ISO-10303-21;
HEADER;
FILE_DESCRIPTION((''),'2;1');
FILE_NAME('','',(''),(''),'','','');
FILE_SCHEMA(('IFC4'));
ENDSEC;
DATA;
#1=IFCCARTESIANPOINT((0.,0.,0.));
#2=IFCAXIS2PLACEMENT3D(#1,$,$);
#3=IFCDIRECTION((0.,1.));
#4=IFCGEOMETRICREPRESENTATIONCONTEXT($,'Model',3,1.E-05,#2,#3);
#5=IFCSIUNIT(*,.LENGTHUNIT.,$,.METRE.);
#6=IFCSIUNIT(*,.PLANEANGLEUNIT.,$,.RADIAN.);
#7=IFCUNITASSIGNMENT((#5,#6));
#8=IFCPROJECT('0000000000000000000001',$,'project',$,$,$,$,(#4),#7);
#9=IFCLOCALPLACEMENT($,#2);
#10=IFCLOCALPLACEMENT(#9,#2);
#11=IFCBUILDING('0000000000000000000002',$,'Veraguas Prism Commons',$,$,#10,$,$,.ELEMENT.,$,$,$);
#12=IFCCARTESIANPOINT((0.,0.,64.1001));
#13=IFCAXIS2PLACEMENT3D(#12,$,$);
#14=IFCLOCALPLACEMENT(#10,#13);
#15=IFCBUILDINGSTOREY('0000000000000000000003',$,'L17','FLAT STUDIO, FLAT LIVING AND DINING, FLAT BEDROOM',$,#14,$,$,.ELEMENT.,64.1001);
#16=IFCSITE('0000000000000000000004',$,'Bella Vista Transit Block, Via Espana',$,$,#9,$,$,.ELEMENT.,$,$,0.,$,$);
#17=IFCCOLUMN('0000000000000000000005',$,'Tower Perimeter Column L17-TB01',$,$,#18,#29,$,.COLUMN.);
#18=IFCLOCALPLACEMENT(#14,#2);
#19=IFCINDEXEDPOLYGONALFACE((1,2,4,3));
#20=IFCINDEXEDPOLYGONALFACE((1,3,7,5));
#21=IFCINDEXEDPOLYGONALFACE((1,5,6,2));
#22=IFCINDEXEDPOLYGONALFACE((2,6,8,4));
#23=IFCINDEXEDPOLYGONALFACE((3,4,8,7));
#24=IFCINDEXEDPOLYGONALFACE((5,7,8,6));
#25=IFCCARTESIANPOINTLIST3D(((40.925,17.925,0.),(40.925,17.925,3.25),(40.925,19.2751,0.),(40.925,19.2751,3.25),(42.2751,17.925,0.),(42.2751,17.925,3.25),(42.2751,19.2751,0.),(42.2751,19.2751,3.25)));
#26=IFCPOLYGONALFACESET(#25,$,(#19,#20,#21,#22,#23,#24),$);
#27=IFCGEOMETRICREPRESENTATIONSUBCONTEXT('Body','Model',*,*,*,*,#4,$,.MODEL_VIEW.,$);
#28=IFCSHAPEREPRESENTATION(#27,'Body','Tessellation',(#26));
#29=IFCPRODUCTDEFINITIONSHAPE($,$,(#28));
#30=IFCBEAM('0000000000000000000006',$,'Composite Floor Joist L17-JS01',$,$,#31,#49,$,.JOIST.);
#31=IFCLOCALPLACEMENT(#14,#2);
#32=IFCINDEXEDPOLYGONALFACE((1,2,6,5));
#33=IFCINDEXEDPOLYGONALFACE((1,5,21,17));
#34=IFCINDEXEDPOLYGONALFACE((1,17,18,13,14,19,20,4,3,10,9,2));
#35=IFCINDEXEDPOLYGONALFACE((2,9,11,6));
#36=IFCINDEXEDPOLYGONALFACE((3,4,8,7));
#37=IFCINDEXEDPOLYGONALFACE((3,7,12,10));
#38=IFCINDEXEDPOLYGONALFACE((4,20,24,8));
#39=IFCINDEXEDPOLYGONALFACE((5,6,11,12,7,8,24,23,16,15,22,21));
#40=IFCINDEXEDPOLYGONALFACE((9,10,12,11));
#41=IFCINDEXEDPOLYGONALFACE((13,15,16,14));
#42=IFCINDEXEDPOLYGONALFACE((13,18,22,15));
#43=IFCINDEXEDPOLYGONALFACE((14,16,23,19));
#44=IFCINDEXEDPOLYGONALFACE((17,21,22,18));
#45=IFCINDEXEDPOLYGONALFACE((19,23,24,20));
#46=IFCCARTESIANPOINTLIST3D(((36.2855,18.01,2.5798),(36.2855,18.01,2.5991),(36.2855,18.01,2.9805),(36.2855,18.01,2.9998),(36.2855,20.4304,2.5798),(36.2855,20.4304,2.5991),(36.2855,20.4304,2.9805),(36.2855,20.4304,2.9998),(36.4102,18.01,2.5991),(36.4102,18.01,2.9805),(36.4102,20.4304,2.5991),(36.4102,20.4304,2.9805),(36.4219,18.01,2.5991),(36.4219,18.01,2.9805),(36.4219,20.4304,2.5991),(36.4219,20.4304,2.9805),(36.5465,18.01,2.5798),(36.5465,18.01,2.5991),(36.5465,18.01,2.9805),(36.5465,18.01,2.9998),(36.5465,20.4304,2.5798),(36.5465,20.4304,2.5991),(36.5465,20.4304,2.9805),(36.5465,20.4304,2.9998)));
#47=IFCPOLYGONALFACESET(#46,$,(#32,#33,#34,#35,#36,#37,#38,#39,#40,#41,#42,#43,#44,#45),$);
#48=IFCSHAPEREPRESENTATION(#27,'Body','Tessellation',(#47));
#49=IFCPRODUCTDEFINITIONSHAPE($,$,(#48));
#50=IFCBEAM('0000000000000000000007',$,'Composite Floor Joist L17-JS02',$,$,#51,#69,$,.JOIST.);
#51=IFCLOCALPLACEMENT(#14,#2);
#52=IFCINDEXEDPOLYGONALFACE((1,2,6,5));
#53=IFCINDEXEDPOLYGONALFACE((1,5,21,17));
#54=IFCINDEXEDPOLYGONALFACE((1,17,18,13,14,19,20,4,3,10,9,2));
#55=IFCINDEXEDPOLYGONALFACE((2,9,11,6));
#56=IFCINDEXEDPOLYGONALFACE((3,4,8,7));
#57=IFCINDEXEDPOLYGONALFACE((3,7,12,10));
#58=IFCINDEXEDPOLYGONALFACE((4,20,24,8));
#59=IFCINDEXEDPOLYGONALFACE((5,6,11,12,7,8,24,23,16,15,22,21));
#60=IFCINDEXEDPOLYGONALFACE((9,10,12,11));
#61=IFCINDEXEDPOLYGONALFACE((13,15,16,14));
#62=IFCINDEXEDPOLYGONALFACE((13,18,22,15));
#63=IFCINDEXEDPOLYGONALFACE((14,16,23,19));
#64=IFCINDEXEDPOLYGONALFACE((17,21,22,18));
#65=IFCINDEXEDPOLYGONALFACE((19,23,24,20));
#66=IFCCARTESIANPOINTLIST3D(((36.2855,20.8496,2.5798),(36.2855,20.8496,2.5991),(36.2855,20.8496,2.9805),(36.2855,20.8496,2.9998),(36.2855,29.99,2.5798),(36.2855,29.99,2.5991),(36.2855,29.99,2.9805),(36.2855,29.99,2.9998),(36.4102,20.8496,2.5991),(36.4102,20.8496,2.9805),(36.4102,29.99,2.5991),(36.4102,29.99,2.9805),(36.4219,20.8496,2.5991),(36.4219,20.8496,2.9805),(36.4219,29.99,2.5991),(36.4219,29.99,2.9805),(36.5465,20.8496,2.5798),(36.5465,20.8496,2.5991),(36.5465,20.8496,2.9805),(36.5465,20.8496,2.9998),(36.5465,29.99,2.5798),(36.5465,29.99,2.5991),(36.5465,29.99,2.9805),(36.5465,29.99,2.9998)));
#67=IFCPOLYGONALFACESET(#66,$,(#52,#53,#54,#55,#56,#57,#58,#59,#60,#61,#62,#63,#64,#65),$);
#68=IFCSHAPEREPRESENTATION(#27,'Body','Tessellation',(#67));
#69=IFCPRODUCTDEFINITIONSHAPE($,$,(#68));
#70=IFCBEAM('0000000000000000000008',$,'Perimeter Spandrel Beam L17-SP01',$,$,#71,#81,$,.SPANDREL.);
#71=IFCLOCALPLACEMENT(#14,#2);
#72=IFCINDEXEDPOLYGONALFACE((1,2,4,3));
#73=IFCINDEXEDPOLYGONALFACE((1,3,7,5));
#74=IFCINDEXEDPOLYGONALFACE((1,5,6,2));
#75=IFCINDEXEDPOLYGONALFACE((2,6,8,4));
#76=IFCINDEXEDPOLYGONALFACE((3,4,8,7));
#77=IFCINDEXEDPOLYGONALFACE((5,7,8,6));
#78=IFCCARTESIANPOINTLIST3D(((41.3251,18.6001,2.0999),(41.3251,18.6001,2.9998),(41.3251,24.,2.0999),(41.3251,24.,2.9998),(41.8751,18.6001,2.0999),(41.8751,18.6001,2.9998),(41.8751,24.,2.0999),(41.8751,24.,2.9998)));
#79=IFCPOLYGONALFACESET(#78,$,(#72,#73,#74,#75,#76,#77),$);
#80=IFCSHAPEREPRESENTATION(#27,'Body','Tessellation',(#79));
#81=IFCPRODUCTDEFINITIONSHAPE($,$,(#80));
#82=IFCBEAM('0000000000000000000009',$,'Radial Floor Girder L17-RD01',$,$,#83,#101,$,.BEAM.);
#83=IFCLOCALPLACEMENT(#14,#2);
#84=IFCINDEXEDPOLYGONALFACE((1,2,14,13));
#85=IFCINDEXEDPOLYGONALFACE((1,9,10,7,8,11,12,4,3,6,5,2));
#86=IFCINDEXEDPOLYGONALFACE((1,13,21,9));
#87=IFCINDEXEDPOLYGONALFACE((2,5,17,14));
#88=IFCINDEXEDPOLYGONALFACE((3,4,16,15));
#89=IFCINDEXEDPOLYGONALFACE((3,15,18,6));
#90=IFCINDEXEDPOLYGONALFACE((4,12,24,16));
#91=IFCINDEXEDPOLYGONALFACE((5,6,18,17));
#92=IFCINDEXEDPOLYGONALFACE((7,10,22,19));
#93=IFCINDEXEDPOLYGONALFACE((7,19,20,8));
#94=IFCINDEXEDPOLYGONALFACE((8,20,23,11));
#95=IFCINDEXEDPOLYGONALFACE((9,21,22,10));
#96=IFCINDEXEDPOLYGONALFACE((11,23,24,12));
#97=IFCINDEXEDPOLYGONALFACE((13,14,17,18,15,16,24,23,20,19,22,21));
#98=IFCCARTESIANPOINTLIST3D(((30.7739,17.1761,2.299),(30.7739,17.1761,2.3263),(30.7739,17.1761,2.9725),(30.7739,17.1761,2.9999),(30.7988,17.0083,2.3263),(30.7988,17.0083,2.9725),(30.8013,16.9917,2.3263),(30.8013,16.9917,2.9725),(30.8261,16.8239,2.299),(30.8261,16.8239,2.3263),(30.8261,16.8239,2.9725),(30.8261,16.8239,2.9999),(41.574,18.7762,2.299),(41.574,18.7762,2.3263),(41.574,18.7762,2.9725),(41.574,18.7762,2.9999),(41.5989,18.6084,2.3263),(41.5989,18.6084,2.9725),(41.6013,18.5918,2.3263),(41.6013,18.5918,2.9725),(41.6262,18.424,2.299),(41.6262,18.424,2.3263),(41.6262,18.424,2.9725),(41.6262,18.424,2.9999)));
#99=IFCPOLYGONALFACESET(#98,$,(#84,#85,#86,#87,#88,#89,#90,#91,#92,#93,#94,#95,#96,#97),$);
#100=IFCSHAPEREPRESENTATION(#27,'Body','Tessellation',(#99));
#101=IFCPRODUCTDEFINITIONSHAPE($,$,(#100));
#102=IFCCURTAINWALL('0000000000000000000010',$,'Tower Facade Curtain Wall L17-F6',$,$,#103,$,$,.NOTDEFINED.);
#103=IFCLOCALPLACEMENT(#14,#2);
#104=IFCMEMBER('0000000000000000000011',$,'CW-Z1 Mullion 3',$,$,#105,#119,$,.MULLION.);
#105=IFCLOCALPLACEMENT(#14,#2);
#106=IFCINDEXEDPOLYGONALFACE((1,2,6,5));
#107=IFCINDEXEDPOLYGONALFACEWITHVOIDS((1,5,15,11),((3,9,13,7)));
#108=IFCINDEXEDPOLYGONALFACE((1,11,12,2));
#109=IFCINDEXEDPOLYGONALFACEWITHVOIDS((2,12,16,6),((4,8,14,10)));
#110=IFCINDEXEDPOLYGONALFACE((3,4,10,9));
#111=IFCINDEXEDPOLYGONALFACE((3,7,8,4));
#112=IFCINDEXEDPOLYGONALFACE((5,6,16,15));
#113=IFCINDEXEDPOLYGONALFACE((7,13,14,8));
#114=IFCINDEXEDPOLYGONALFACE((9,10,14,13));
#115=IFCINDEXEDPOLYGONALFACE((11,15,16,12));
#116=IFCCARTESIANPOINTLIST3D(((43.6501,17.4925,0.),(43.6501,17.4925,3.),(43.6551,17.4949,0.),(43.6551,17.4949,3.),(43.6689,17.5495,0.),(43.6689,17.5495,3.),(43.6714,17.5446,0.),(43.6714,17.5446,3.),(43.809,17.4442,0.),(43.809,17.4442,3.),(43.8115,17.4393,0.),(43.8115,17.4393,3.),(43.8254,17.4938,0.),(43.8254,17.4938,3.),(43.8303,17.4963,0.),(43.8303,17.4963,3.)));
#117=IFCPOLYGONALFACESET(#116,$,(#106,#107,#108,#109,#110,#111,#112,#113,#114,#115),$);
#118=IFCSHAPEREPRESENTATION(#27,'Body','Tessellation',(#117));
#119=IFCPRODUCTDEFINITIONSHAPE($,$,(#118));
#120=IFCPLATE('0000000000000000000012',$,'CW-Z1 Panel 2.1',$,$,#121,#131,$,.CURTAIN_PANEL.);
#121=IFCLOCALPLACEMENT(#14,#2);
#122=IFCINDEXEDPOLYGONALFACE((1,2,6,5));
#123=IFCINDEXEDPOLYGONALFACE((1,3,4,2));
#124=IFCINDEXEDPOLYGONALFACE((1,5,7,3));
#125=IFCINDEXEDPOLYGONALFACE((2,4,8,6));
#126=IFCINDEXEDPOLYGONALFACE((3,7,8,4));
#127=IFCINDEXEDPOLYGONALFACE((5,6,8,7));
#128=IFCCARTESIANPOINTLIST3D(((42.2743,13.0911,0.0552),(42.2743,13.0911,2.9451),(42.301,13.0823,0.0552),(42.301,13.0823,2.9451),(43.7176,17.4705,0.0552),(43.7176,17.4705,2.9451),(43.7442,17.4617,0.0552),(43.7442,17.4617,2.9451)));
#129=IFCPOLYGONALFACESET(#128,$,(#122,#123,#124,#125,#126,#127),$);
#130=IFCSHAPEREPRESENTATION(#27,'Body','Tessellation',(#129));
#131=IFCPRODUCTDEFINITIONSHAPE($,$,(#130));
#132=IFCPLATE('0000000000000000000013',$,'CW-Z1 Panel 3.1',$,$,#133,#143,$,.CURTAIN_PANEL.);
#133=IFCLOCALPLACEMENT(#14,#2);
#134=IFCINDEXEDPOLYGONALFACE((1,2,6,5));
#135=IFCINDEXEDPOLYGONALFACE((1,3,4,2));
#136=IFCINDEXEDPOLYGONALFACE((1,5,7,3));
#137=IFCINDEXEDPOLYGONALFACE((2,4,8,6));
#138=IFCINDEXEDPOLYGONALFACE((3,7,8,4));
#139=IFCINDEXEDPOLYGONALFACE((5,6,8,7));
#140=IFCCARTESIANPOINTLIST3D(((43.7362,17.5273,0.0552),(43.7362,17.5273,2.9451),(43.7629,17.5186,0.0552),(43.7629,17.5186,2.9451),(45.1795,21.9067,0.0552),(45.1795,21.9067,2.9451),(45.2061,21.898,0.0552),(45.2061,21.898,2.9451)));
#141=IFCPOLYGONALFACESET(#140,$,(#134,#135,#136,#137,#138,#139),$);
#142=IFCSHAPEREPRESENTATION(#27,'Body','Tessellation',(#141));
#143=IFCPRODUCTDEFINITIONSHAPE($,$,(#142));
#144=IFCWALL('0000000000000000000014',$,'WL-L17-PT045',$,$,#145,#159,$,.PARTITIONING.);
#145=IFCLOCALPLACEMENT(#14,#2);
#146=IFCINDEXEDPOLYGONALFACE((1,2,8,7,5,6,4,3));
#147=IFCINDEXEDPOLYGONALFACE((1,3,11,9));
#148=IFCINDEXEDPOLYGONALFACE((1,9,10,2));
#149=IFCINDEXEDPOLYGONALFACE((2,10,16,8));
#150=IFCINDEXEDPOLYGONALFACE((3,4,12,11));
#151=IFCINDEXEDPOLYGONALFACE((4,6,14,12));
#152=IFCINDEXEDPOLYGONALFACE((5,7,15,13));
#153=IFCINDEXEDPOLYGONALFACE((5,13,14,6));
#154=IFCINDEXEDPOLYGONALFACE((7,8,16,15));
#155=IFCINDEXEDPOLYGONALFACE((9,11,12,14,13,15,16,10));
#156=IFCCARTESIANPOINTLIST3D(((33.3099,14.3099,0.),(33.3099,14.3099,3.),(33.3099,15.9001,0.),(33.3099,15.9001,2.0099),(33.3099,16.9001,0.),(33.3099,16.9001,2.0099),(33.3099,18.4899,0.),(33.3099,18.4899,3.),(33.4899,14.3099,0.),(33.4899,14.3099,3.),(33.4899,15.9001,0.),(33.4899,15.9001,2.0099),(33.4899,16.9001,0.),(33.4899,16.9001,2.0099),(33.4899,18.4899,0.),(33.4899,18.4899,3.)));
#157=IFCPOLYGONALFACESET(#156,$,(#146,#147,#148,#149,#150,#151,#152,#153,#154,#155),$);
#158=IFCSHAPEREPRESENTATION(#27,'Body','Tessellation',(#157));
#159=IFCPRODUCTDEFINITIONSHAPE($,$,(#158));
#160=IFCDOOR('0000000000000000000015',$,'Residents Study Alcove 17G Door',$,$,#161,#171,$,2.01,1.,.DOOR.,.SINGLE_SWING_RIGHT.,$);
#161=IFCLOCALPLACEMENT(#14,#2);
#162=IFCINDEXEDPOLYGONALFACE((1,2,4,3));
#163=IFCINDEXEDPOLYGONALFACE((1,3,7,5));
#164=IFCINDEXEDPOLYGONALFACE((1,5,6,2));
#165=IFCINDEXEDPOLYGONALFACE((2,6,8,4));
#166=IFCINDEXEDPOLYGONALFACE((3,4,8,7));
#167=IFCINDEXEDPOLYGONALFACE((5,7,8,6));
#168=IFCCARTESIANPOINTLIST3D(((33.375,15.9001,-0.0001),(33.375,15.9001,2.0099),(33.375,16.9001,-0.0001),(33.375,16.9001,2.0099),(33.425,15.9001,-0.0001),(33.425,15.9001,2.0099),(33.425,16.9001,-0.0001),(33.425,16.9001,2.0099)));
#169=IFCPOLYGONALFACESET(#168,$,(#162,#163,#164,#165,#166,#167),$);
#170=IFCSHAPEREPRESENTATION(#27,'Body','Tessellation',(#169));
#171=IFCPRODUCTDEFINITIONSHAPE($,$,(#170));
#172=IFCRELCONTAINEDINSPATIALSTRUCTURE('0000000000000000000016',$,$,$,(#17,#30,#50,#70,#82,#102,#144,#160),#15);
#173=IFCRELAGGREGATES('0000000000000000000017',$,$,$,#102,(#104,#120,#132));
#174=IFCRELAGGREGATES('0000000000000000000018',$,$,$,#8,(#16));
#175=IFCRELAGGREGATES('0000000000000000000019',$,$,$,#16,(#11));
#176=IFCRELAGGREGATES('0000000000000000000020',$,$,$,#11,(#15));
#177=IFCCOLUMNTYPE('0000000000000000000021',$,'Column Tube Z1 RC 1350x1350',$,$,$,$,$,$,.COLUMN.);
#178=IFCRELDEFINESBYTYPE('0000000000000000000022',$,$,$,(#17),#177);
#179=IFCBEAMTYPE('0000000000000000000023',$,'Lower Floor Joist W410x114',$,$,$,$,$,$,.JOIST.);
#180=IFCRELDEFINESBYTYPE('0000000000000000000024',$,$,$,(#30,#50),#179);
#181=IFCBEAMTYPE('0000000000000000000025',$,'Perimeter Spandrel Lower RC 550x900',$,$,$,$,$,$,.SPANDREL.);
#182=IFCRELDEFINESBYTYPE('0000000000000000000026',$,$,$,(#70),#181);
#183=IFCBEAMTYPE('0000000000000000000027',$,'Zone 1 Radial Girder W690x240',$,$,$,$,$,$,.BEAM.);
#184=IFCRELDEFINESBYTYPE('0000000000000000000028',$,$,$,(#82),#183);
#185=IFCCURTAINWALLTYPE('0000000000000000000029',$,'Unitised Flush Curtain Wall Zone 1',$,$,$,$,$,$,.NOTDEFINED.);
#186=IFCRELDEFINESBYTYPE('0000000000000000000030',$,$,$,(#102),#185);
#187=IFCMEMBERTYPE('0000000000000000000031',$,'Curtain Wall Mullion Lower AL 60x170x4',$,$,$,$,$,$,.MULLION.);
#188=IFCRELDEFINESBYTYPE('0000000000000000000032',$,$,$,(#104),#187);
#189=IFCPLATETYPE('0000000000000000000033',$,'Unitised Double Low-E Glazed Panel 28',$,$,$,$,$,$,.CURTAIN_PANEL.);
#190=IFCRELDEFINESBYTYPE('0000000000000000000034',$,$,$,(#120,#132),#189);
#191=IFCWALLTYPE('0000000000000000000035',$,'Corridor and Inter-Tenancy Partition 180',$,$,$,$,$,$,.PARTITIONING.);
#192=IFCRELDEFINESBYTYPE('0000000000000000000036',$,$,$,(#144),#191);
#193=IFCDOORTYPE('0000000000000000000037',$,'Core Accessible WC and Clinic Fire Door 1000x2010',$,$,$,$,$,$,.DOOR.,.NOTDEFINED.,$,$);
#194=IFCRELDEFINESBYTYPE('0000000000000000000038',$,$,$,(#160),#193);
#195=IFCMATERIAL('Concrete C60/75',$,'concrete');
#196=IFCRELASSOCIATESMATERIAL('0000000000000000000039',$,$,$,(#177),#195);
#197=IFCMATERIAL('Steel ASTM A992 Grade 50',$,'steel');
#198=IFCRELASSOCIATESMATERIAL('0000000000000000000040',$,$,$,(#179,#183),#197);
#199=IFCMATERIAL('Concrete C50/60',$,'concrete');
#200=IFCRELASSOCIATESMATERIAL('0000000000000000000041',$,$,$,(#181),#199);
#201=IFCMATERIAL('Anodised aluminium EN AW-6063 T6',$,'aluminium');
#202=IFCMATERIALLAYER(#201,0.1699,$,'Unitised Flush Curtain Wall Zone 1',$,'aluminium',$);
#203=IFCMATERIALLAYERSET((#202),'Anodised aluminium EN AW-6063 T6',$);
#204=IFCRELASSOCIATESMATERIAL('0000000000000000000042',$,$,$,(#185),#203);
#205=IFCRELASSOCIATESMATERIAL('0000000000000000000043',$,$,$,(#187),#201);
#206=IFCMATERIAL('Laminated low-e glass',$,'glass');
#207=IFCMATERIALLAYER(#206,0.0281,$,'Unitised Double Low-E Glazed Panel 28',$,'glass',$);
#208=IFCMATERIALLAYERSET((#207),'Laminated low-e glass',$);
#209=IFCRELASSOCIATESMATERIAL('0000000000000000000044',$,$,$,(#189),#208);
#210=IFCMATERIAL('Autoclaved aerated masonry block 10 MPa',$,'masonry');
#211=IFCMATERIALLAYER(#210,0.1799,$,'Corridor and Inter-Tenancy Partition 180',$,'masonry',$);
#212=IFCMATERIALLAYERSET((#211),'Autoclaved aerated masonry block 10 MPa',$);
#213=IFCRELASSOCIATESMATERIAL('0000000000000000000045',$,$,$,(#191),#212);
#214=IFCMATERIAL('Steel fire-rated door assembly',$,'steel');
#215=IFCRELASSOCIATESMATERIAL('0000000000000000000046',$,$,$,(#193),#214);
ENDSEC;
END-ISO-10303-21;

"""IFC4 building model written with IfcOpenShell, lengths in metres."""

from ifc_helpers import new_model, si_unit, direction, frame, frame_2d, origin, origin_2d, place, context, subcontext, project, spatial, rectangle, hollow_rectangle, i_section, extrude, source, transform, mapped, material, layer, layer_set, material_profile, profile_set, type_object, element, fill, aggregate, save


model = new_model("IFC4")

# Units and contexts
model_context = context("Model", 3, precision=1e-05, world=origin(), true_north=direction((0.0, 1.0)))
body_context = subcontext(model_context, "Body", "Model", "MODEL_VIEW")
ifc_project = project(units=[si_unit("LENGTHUNIT", "METRE"), si_unit("PLANEANGLEUNIT", "RADIAN")], contexts=[model_context])

# Site, building, storey
site_placement = place(None, origin())
site = spatial("IfcSite", under=ifc_project, at=site_placement, Name="Bella Vista Transit Block, Via Espana", CompositionType="ELEMENT", RefElevation=0.0)
building_placement = place(site_placement, origin())
building = spatial("IfcBuilding", under=site, at=building_placement, Name="Veraguas Prism Commons", CompositionType="ELEMENT")
storey_placement = place(building_placement, frame((0.0, 0.0, 64.1001)))
storey = spatial("IfcBuildingStorey", under=building, at=storey_placement, Name="L17", Description="FLAT STUDIO, FLAT LIVING AND DINING, FLAT BEDROOM", CompositionType="ELEMENT", Elevation=64.1001)

# Column
ifc_material_1 = material(Name="Concrete C60/75", Category="concrete")
ifc_material_profile_1 = material_profile(ifc_material_1, rectangle(XDim=1.3501, YDim=1.3501, at=origin_2d()), Name="RC1350X1350")
ifc_profile_set_1 = profile_set([ifc_material_profile_1], Name="Concrete C60/75")
column_type = type_object("IfcColumnType", Name="Column Tube Z1 RC 1350x1350", PredefinedType="COLUMN", material=ifc_profile_set_1)
column_placement = place(storey_placement, frame((41.6001, 18.6001, 0.0), z_axis=(0.0, 0.0, 1.0), x_axis=(1.0, 0.0, 0.0)))
element("IfcColumn", 1, at=column_placement, inside=storey, type_object=column_type, Name="Tower Perimeter Column L17-TB01", PredefinedType="COLUMN", context=body_context, shape_type="SweptSolid", body=[
    extrude(rectangle(XDim=1.3501, YDim=1.3501, at=origin_2d()), origin(), (0.0, 0.0, 1.0), 3.25),
])

# Beams
ifc_material_2 = material(Name="Steel ASTM A992 Grade 50", Category="steel")
ifc_material_profile_2 = material_profile(ifc_material_2, i_section(OverallWidth=0.261, OverallDepth=0.4199, WebThickness=0.0117, FlangeThickness=0.0193, at=origin_2d()), Name="W410X114")
ifc_profile_set_2 = profile_set([ifc_material_profile_2], Name="Steel ASTM A992 Grade 50")
beam_type_1 = type_object("IfcBeamType", Name="Lower Floor Joist W410x114", PredefinedType="JOIST", material=ifc_profile_set_2)
beam_1_placement = place(storey_placement, frame((36.416, 18.01, 2.7898), z_axis=(0.0, 1.0, 0.0), x_axis=(-1.0, 0.0, 0.0)))
element("IfcBeam", 2, at=beam_1_placement, inside=storey, type_object=beam_type_1, Name="Composite Floor Joist L17-JS01", PredefinedType="JOIST", context=body_context, shape_type="SweptSolid", body=[
    extrude(i_section(OverallWidth=0.261, OverallDepth=0.4199, WebThickness=0.0117, FlangeThickness=0.0193, at=origin_2d()), origin(), (0.0, 0.0, 1.0), 2.4204),
])
beam_2_placement = place(storey_placement, frame((36.416, 20.8496, 2.7898), z_axis=(0.0, 1.0, 0.0), x_axis=(-1.0, 0.0, 0.0)))
element("IfcBeam", 3, at=beam_2_placement, inside=storey, type_object=beam_type_1, Name="Composite Floor Joist L17-JS02", PredefinedType="JOIST", context=body_context, shape_type="SweptSolid", body=[
    extrude(i_section(OverallWidth=0.261, OverallDepth=0.4199, WebThickness=0.0117, FlangeThickness=0.0193, at=origin_2d()), origin(), (0.0, 0.0, 1.0), 9.1404),
])
ifc_material_3 = material(Name="Concrete C50/60", Category="concrete")
ifc_material_profile_3 = material_profile(ifc_material_3, rectangle(XDim=0.55, YDim=0.8999, at=origin_2d()), Name="RC550X900")
ifc_profile_set_3 = profile_set([ifc_material_profile_3], Name="Concrete C50/60")
beam_type_2 = type_object("IfcBeamType", Name="Perimeter Spandrel Lower RC 550x900", PredefinedType="SPANDREL", material=ifc_profile_set_3)
beam_3_placement = place(storey_placement, frame((41.6001, 18.6001, 2.5498), z_axis=(0.0, 1.0, 0.0), x_axis=(-1.0, 0.0, 0.0)))
element("IfcBeam", 4, at=beam_3_placement, inside=storey, type_object=beam_type_2, Name="Perimeter Spandrel Beam L17-SP01", PredefinedType="SPANDREL", context=body_context, shape_type="SweptSolid", body=[
    extrude(rectangle(XDim=0.55, YDim=0.8999, at=origin_2d()), origin(), (0.0, 0.0, 1.0), 5.3999),
])
ifc_material_profile_4 = material_profile(ifc_material_2, i_section(OverallWidth=0.356, OverallDepth=0.7009, WebThickness=0.0168, FlangeThickness=0.0273, at=origin_2d()), Name="W690X240")
ifc_profile_set_4 = profile_set([ifc_material_profile_4], Name="Steel ASTM A992 Grade 50")
beam_type_3 = type_object("IfcBeamType", Name="Zone 1 Radial Girder W690x240", PredefinedType="BEAM", material=ifc_profile_set_4)
beam_4_placement = place(storey_placement, frame((41.6001, 18.6001, 2.6494), z_axis=(-0.989202, -0.146557, 0.0), x_axis=(0.146557, -0.989202, 0.0)))
element("IfcBeam", 5, at=beam_4_placement, inside=storey, type_object=beam_type_3, Name="Radial Floor Girder L17-RD01", PredefinedType="BEAM", context=body_context, shape_type="SweptSolid", body=[
    extrude(i_section(OverallWidth=0.356, OverallDepth=0.7009, WebThickness=0.0168, FlangeThickness=0.0273, at=origin_2d()), origin(), (0.0, 0.0, 1.0), 10.918),
])

# Curtain wall, member, plates
ifc_material_4 = material(Name="Anodised aluminium EN AW-6063 T6", Category="aluminium")
ifc_layer_1 = layer(ifc_material_4, 0.1699, Name="Unitised Flush Curtain Wall Zone 1", Category="aluminium")
ifc_layer_set_1 = layer_set([ifc_layer_1], Name="Anodised aluminium EN AW-6063 T6")
curtain_wall_type = type_object("IfcCurtainWallType", Name="Unitised Flush Curtain Wall Zone 1", PredefinedType="NOTDEFINED", material=ifc_layer_set_1)
curtain_wall_placement = place(storey_placement, origin())
curtain_wall = element("IfcCurtainWall", 6, at=curtain_wall_placement, inside=storey, type_object=curtain_wall_type, Name="Tower Facade Curtain Wall L17-F6", PredefinedType="NOTDEFINED")
ifc_material_profile_5 = material_profile(ifc_material_4, hollow_rectangle(XDim=0.0601, YDim=0.1699, WallThickness=0.0039, at=origin_2d()), Name="AL60X170X4")
ifc_profile_set_5 = profile_set([ifc_material_profile_5], Name="Anodised aluminium EN AW-6063 T6")
member_type = type_object("IfcMemberType", Name="Curtain Wall Mullion Lower AL 60x170x4", PredefinedType="MULLION", material=ifc_profile_set_5)
shared_shape_1 = source(origin(), body_context, "Body", "SweptSolid", [
    extrude(hollow_rectangle(XDim=0.0601, YDim=0.1699, WallThickness=0.0039, at=origin_2d()), origin(), (0.0, 0.0, 1.0), 3.0),
])
member_placement = place(storey_placement, frame((43.7402, 17.4944, 0.0), z_axis=(0.0, 0.0, 1.0), x_axis=(0.312991, 0.949756, 0.0)))
member = element("IfcMember", 7, at=member_placement, type_object=member_type, Name="CW-Z1 Mullion 3", PredefinedType="MULLION", context=body_context, shape_type="MappedRepresentation", body=[
    mapped(shared_shape_1, transform((0.0, 0.0, 0.0), scale=1.0)),
])
ifc_material_5 = material(Name="Laminated low-e glass", Category="glass")
ifc_layer_2 = layer(ifc_material_5, 0.0281, Name="Unitised Double Low-E Glazed Panel 28", Category="glass")
ifc_layer_set_2 = layer_set([ifc_layer_2], Name="Laminated low-e glass")
plate_type = type_object("IfcPlateType", Name="Unitised Double Low-E Glazed Panel 28", PredefinedType="CURTAIN_PANEL", material=ifc_layer_set_2)
shared_shape_2 = source(origin(), body_context, "Body", "SweptSolid", [
    extrude(rectangle(XDim=4.6111, YDim=0.0281, at=origin_2d()), origin(), (0.0, 0.0, 1.0), 2.8899),
])
plate_1_placement = place(storey_placement, frame((43.0093, 15.2764, 0.0552), z_axis=(0.0, 0.0, 1.0), x_axis=(0.312991, 0.949756, 0.0)))
plate_1 = element("IfcPlate", 8, at=plate_1_placement, type_object=plate_type, Name="CW-Z1 Panel 2.1", PredefinedType="CURTAIN_PANEL", context=body_context, shape_type="MappedRepresentation", body=[
    mapped(shared_shape_2, transform((0.0, 0.0, 0.0), scale=1.0)),
])
plate_2_placement = place(storey_placement, frame((44.4712, 19.7126, 0.0552), z_axis=(0.0, 0.0, 1.0), x_axis=(0.312991, 0.949756, 0.0)))
plate_2 = element("IfcPlate", 9, at=plate_2_placement, type_object=plate_type, Name="CW-Z1 Panel 3.1", PredefinedType="CURTAIN_PANEL", context=body_context, shape_type="MappedRepresentation", body=[
    mapped(shared_shape_2, transform((0.0, 0.0, 0.0), scale=1.0)),
])
aggregate(curtain_wall, [member, plate_1, plate_2])

# Wall, opening, door
ifc_material_6 = material(Name="Autoclaved aerated masonry block 10 MPa", Category="masonry")
ifc_layer_3 = layer(ifc_material_6, 0.1799, Name="Corridor and Inter-Tenancy Partition 180", Category="masonry")
ifc_layer_set_3 = layer_set([ifc_layer_3], Name="Autoclaved aerated masonry block 10 MPa")
wall_type_1 = type_object("IfcWallType", Name="Corridor and Inter-Tenancy Partition 180", PredefinedType="PARTITIONING", material=ifc_layer_set_3)
wall_1_placement = place(storey_placement, frame((33.3999, 14.3101, 0.0), z_axis=(0.0, 0.0, 1.0), x_axis=(0.0, 1.0, 0.0)))
wall_1 = element("IfcWall", 10, at=wall_1_placement, inside=storey, type_object=wall_type_1, Name="WL-L17-PT045", PredefinedType="PARTITIONING", context=body_context, shape_type="SweptSolid", body=[
    extrude(rectangle(XDim=4.1799, YDim=0.1799, at=frame_2d((2.0898, 0.0))), origin(), (0.0, 0.0, 1.0), 3.0),
])
opening_1_placement = place(wall_1_placement, frame((1.5901, 0.0, 0.0)))
opening_1 = element("IfcOpeningElement", 11, at=opening_1_placement, cuts=wall_1, PredefinedType="OPENING", context=body_context, shape_type="SweptSolid", body=[
    extrude(rectangle(XDim=1.0, YDim=2.01, at=frame_2d((0.5, 1.0049))), frame((0.0, 0.0999, 0.0), z_axis=(0.0, -1.0, 0.0), x_axis=(1.0, 0.0, 0.0)), (0.0, 0.0, 1.0), 0.2),
])
ifc_material_7 = material(Name="Steel fire-rated door assembly", Category="steel")
door_type_1 = type_object("IfcDoorType", Name="Core Accessible WC and Clinic Fire Door 1000x2010", OperationType="NOTDEFINED", PredefinedType="DOOR", material=ifc_material_7)
shared_shape_3 = source(origin(), body_context, "Body", "SweptSolid", [
    extrude(rectangle(XDim=1.0, YDim=2.01, at=frame_2d((0.5, 1.0049))), frame((0.0, 0.0249, 0.0), z_axis=(0.0, -1.0, 0.0), x_axis=(1.0, 0.0, 0.0)), (0.0, 0.0, 1.0), 0.05),
])
door_1_placement = place(opening_1_placement, origin())
door_1 = element("IfcDoor", 12, at=door_1_placement, inside=storey, type_object=door_type_1, Name="Residents Study Alcove 17G Door", OperationType="SINGLE_SWING_RIGHT", OverallHeight=2.01, OverallWidth=1.0, PredefinedType="DOOR", context=body_context, shape_type="MappedRepresentation", body=[
    mapped(shared_shape_3, transform((0.0, 0.0, 0.0), scale=1.0)),
])
fill(opening_1, door_1)

save(model, "model.ifc")
